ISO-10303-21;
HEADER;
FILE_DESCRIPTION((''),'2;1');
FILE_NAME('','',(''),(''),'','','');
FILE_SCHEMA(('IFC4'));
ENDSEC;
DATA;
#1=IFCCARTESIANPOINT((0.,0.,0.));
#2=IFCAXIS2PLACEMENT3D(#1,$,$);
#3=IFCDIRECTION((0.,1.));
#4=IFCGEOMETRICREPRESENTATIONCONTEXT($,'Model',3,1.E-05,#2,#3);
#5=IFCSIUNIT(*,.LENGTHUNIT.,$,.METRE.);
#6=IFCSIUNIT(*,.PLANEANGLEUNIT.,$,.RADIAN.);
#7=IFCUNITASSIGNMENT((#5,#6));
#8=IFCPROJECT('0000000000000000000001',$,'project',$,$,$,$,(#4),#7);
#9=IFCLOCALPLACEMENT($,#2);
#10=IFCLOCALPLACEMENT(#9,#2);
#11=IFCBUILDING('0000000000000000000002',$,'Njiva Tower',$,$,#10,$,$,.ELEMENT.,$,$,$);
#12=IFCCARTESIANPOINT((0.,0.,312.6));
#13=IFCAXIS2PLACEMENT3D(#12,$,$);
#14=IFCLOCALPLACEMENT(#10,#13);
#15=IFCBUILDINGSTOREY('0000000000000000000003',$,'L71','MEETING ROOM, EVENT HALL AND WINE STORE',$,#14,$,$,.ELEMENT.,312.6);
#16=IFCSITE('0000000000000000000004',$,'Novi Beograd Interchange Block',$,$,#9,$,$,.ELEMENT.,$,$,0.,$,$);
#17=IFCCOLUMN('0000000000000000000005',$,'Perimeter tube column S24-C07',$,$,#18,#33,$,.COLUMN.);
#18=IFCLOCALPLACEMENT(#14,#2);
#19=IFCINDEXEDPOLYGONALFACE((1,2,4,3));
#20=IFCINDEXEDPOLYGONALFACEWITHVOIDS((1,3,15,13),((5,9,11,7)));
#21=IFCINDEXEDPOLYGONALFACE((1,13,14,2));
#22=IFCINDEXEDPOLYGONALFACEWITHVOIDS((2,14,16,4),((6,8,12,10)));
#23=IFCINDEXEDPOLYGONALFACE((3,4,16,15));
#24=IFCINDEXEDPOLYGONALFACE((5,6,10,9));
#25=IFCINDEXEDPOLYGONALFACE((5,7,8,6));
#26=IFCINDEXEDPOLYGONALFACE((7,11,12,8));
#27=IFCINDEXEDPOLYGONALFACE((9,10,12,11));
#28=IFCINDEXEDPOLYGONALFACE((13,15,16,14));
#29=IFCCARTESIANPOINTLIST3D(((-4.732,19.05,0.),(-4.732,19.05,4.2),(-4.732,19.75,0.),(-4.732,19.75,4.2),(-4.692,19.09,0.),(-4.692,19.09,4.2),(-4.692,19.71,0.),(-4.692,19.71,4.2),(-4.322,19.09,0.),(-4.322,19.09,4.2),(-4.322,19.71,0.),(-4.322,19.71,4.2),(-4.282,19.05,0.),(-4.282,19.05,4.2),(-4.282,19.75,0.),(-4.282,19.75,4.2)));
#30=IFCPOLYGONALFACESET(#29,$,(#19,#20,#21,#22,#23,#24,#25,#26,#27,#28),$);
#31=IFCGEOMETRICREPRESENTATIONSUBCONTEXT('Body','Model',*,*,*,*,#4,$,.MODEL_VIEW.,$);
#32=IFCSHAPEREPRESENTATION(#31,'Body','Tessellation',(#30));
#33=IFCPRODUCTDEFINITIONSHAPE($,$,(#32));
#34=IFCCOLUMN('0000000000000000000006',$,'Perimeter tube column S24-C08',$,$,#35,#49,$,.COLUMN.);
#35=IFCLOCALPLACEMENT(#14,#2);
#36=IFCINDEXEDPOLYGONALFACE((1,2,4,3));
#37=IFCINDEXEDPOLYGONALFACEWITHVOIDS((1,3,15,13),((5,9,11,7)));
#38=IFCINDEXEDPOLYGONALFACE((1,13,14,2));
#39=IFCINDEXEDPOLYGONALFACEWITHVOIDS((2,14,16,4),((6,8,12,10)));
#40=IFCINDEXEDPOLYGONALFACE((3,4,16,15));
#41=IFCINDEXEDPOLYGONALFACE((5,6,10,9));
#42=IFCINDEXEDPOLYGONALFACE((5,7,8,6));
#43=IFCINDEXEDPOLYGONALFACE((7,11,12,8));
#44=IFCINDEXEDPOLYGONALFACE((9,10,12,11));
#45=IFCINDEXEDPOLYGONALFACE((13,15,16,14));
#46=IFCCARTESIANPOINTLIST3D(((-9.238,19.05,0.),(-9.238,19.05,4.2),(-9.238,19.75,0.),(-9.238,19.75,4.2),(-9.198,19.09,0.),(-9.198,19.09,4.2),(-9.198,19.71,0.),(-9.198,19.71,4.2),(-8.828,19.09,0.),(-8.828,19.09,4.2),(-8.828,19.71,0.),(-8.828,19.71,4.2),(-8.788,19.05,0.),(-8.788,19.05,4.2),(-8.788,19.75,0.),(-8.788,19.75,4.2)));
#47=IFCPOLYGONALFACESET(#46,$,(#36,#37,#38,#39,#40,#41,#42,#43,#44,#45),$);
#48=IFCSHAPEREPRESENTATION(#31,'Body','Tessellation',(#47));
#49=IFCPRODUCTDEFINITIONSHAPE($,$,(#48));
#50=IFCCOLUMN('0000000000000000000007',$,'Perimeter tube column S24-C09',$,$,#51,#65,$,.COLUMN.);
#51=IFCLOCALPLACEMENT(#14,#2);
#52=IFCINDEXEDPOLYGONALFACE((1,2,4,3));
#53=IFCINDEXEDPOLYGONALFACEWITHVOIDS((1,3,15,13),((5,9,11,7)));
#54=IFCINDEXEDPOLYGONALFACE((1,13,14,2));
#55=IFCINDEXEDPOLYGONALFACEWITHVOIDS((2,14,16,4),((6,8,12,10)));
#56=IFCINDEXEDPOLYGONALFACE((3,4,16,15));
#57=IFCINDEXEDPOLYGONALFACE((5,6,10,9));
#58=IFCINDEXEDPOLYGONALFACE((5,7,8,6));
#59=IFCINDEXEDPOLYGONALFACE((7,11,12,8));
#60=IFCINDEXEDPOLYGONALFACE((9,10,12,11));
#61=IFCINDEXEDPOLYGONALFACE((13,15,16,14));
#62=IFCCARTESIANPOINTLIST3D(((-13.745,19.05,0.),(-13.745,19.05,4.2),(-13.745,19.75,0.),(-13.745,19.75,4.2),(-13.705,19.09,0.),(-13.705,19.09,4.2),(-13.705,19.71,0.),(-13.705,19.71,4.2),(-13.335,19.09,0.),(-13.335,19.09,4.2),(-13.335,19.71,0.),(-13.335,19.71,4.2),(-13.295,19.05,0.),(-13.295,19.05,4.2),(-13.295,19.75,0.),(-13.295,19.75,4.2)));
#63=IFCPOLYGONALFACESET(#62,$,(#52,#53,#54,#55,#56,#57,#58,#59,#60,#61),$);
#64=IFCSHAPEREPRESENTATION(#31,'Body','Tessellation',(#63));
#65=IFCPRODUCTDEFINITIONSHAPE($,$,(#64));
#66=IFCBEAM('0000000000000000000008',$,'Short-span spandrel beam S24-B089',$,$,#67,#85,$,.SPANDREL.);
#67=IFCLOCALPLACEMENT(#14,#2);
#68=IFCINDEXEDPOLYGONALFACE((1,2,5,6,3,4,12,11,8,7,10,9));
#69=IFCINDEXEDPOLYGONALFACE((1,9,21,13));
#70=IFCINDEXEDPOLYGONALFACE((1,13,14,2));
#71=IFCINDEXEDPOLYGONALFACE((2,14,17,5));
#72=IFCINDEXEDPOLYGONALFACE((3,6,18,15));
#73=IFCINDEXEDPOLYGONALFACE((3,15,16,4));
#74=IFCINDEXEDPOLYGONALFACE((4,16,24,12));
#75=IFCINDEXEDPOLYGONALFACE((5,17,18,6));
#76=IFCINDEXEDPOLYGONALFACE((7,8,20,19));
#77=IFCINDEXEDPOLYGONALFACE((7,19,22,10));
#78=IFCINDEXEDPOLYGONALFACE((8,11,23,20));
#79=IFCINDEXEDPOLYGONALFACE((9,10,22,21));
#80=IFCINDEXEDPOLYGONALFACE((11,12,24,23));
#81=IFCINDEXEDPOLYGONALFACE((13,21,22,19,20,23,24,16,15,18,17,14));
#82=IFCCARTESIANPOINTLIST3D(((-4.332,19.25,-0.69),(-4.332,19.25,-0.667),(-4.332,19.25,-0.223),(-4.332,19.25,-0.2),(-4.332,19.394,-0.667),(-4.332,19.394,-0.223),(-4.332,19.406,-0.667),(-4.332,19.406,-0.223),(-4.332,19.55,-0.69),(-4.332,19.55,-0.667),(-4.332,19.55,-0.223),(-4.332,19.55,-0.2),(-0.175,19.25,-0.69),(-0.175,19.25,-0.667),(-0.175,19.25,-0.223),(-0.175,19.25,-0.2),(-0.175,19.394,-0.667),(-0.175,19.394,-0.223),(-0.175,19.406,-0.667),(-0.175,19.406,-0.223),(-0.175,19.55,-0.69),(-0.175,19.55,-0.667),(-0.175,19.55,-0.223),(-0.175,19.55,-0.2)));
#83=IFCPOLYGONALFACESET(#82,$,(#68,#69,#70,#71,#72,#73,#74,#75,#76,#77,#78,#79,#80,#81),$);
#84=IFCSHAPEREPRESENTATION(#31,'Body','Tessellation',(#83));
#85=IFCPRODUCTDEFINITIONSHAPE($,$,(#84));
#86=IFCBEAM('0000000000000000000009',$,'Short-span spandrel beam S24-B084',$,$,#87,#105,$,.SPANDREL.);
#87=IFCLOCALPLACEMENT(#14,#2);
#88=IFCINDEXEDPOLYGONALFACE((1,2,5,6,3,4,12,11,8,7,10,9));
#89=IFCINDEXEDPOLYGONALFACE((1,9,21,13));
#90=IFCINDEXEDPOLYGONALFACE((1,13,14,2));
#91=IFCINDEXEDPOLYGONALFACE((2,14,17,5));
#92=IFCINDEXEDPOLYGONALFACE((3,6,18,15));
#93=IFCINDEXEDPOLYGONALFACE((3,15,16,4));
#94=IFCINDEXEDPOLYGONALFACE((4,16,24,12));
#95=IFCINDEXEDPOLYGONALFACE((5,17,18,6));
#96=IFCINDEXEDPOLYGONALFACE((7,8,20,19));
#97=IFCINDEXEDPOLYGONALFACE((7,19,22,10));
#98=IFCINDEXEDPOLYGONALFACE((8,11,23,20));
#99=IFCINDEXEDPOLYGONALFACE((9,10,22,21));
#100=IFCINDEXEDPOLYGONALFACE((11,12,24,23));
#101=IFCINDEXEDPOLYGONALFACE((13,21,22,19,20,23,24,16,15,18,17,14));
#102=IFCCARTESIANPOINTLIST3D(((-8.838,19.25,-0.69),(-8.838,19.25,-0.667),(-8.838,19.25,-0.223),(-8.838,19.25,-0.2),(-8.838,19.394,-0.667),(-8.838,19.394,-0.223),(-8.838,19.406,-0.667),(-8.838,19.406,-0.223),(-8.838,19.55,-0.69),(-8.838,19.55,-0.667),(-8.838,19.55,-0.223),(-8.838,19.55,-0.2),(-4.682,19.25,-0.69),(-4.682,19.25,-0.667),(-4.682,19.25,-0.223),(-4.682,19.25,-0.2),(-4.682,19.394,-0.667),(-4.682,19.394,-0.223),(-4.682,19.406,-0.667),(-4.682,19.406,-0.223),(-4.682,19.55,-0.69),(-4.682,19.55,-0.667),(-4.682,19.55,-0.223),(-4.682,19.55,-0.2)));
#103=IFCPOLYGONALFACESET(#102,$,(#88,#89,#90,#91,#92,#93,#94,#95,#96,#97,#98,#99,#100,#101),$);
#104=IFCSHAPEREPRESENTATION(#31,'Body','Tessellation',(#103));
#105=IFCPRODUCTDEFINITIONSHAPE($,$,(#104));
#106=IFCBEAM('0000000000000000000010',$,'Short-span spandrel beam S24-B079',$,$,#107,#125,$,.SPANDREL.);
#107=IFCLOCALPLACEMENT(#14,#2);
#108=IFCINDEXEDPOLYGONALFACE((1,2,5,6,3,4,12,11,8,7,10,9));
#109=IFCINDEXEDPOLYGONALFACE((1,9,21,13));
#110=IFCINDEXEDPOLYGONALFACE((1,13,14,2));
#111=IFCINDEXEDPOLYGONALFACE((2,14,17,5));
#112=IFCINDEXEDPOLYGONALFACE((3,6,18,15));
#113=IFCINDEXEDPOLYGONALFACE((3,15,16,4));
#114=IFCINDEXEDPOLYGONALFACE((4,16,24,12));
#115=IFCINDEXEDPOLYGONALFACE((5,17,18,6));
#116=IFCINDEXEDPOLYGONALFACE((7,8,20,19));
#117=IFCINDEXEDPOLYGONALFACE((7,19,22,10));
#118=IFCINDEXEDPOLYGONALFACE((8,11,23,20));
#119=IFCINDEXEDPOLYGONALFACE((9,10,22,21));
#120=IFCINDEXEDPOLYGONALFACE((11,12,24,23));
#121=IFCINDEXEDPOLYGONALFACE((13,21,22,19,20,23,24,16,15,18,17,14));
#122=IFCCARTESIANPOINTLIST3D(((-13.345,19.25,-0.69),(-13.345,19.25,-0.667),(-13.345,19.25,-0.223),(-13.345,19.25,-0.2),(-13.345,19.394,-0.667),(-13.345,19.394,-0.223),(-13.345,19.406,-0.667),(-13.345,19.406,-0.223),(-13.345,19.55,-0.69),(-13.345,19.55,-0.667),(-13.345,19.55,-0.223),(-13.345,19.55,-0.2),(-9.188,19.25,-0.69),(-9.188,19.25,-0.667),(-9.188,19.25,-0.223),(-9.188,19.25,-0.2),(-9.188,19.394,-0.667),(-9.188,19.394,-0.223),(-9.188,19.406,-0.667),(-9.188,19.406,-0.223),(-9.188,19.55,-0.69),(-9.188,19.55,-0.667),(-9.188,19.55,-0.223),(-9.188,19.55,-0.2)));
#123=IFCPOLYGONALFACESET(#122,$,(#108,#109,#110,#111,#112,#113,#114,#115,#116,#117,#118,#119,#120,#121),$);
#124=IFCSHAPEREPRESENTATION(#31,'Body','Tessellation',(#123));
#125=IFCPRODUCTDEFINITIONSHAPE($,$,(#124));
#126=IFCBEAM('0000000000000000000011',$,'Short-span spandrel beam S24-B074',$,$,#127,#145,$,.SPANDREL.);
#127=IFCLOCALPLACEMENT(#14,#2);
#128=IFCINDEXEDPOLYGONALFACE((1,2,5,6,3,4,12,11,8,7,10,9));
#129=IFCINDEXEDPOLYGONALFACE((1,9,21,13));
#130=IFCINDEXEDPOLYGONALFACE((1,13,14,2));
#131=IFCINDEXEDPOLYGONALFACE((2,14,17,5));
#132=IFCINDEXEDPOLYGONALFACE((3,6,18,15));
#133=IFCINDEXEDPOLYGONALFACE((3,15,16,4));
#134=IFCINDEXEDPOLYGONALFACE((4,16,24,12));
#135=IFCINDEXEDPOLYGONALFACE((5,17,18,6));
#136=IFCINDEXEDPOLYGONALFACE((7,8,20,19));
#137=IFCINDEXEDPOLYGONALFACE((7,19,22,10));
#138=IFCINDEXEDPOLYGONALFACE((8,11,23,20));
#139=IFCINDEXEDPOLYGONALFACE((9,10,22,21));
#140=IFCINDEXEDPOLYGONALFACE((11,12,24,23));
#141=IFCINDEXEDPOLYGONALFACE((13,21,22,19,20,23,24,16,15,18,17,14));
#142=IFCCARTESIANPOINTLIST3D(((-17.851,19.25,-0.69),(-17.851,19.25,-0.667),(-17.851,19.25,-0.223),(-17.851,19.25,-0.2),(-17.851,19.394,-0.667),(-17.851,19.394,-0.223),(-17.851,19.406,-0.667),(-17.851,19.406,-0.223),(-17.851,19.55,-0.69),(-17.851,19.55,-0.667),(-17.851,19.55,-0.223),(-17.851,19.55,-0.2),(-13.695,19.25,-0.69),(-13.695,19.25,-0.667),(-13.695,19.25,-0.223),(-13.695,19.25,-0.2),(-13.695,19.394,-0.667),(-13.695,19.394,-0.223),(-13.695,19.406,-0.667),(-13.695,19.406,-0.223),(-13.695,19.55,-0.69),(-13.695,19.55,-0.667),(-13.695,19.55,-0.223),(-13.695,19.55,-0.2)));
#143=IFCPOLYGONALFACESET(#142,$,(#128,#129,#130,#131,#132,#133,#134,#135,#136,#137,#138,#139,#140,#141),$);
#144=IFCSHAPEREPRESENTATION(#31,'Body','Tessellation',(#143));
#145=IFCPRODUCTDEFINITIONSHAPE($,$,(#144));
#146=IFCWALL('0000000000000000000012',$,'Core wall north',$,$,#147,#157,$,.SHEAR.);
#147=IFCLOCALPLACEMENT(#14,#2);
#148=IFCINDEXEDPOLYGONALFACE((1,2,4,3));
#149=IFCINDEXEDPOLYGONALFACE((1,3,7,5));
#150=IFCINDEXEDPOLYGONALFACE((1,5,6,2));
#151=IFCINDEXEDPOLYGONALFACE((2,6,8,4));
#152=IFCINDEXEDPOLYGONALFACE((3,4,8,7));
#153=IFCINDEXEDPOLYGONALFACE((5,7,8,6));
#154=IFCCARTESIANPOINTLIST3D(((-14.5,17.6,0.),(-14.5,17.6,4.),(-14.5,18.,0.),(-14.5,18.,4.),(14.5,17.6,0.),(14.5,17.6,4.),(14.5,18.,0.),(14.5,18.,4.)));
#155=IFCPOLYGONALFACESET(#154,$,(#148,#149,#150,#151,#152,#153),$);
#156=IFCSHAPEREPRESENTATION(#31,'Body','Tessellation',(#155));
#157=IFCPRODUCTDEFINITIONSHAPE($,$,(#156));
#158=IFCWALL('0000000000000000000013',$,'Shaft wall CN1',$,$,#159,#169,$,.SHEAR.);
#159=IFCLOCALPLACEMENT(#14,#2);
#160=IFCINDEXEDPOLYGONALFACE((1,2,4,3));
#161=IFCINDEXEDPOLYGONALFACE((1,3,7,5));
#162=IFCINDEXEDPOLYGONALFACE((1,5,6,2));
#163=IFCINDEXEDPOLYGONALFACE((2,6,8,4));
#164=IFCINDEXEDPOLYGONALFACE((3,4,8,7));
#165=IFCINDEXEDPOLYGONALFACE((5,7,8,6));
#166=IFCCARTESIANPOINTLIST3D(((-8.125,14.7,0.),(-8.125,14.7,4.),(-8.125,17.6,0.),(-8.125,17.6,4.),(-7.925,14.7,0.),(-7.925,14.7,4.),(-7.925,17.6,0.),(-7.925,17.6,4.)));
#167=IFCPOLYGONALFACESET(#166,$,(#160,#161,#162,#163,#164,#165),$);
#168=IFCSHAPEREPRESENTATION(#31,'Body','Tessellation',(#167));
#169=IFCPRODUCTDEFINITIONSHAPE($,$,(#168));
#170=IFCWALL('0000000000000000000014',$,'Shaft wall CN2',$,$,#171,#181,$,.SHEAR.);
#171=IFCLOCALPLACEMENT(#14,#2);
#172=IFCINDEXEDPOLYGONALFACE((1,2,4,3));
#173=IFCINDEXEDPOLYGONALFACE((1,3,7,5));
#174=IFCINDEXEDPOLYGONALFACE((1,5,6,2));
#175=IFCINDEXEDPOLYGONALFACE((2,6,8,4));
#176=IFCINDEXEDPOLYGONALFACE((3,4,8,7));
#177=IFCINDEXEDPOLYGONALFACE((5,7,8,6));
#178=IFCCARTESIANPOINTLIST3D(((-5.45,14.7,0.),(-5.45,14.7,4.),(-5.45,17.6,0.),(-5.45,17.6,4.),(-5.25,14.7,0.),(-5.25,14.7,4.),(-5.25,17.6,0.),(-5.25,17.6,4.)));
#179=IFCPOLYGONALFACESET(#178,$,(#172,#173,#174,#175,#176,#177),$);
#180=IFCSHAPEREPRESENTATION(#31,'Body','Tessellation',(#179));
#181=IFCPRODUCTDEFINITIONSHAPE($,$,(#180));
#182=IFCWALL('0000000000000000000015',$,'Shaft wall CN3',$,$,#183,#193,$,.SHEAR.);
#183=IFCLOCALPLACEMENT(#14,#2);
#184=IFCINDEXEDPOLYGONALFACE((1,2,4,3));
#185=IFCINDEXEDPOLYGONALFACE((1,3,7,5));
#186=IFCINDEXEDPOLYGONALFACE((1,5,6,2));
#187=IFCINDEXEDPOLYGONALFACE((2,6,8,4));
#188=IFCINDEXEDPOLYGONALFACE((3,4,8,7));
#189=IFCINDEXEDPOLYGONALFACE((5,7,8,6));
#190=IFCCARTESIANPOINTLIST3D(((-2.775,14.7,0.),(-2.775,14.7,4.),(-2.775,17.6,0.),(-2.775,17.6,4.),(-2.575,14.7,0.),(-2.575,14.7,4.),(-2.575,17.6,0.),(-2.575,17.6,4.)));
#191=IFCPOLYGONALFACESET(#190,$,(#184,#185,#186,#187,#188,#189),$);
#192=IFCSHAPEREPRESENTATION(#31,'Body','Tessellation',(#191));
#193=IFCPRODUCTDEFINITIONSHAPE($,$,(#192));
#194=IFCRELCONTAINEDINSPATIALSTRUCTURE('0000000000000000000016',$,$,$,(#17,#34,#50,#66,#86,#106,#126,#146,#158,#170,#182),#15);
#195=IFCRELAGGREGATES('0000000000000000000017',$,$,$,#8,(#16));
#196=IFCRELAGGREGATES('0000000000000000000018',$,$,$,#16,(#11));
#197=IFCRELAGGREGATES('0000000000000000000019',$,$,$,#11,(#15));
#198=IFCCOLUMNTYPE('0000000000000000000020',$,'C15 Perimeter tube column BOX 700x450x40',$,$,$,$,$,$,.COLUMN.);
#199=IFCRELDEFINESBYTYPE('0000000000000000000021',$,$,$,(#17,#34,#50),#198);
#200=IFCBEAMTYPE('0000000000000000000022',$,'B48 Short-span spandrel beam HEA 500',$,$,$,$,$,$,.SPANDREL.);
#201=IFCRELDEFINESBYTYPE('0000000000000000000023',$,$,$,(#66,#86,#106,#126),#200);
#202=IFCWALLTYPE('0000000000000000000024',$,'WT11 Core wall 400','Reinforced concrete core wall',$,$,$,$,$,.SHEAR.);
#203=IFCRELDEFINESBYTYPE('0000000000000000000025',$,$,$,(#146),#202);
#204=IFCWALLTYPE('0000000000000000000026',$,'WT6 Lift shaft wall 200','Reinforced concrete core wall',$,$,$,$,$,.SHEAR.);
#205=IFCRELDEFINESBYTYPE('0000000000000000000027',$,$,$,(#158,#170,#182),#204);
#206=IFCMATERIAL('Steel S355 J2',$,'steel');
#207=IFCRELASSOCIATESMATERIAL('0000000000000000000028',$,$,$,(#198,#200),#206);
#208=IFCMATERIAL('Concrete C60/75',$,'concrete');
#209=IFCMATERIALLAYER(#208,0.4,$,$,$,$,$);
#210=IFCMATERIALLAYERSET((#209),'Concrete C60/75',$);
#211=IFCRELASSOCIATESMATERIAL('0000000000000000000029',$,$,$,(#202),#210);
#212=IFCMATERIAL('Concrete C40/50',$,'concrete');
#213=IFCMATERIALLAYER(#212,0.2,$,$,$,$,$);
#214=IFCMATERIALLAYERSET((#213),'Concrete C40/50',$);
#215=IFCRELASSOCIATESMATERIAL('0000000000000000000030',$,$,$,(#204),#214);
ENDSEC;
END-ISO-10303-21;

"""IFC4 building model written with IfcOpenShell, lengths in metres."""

from ifc_helpers import new_model, si_unit, direction, frame, frame_2d, origin, origin_2d, place, context, subcontext, project, spatial, rectangle, hollow_rectangle, i_section, extrude, material, layer, layer_set, material_profile, profile_set, type_object, element, save


model = new_model("IFC4")

# Units and contexts
model_context = context("Model", 3, precision=1e-05, world=origin(), true_north=direction((0.0, 1.0)))
body_context = subcontext(model_context, "Body", "Model", "MODEL_VIEW")
ifc_project = project(units=[si_unit("LENGTHUNIT", "METRE"), si_unit("PLANEANGLEUNIT", "RADIAN")], contexts=[model_context])

# Site, building, storey
site_placement = place(None, origin())
site = spatial("IfcSite", under=ifc_project, at=site_placement, Name="Novi Beograd Interchange Block", CompositionType="ELEMENT", RefElevation=0.0)
building_placement = place(site_placement, origin())
building = spatial("IfcBuilding", under=site, at=building_placement, Name="Njiva Tower", CompositionType="ELEMENT")
storey_placement = place(building_placement, frame((0.0, 0.0, 312.6)))
storey = spatial("IfcBuildingStorey", under=building, at=storey_placement, Name="L71", Description="MEETING ROOM, EVENT HALL AND WINE STORE", CompositionType="ELEMENT", Elevation=312.6)

# Columns
ifc_material_1 = material(Name="Steel S355 J2", Category="steel")
ifc_material_profile_1 = material_profile(ifc_material_1, hollow_rectangle(XDim=0.45, YDim=0.7, WallThickness=0.04, at=origin_2d()), Name="BOX 700x450x40")
ifc_profile_set_1 = profile_set([ifc_material_profile_1], Name="Steel S355 J2")
column_type = type_object("IfcColumnType", Name="C15 Perimeter tube column BOX 700x450x40", PredefinedType="COLUMN", material=ifc_profile_set_1)
for number, where, z_axis, x_axis, name in (
    (1, (-4.507, 19.4, 0.0), (0.0, 0.0, 1.0), (-1.0, 0.0, 0.0), "Perimeter tube column S24-C07"),
    (2, (-9.013, 19.4, 0.0), (0.0, 0.0, 1.0), (-1.0, 0.0, 0.0), "Perimeter tube column S24-C08"),
    (3, (-13.52, 19.4, 0.0), (0.0, 0.0, 1.0), (-1.0, 0.0, 0.0), "Perimeter tube column S24-C09"),
):
    element("IfcColumn", number, at=place(storey_placement, frame(where, z_axis=z_axis, x_axis=x_axis)), inside=storey, type_object=column_type, Name=name, PredefinedType="COLUMN", context=body_context, shape_type="SweptSolid", body=[
        extrude(hollow_rectangle(XDim=0.45, YDim=0.7, WallThickness=0.04, at=origin_2d()), origin(), (0.0, 0.0, 1.0), 4.2),
    ])

# Beams
ifc_material_profile_2 = material_profile(ifc_material_1, i_section(OverallWidth=0.3, OverallDepth=0.49, WebThickness=0.012, FlangeThickness=0.023, at=origin_2d()), Name="HEA 500")
ifc_profile_set_2 = profile_set([ifc_material_profile_2], Name="Steel S355 J2")
beam_type = type_object("IfcBeamType", Name="B48 Short-span spandrel beam HEA 500", PredefinedType="SPANDREL", material=ifc_profile_set_2)
beam_1_placement = place(storey_placement, frame((-0.175, 19.4, -0.445), z_axis=(-1.0, 0.0, 0.0), x_axis=(0.0, -1.0, 0.0)))
element("IfcBeam", 4, at=beam_1_placement, inside=storey, type_object=beam_type, Name="Short-span spandrel beam S24-B089", PredefinedType="SPANDREL", context=body_context, shape_type="SweptSolid", body=[
    extrude(i_section(OverallWidth=0.3, OverallDepth=0.49, WebThickness=0.012, FlangeThickness=0.023, at=origin_2d()), origin(), (0.0, 0.0, 1.0), 4.157),
])
beam_2_placement = place(storey_placement, frame((-4.682, 19.4, -0.445), z_axis=(-1.0, 0.0, 0.0), x_axis=(0.0, -1.0, 0.0)))
element("IfcBeam", 5, at=beam_2_placement, inside=storey, type_object=beam_type, Name="Short-span spandrel beam S24-B084", PredefinedType="SPANDREL", context=body_context, shape_type="SweptSolid", body=[
    extrude(i_section(OverallWidth=0.3, OverallDepth=0.49, WebThickness=0.012, FlangeThickness=0.023, at=origin_2d()), origin(), (0.0, 0.0, 1.0), 4.156),
])
beam_3_placement = place(storey_placement, frame((-9.188, 19.4, -0.445), z_axis=(-1.0, 0.0, 0.0), x_axis=(0.0, -1.0, 0.0)))
element("IfcBeam", 6, at=beam_3_placement, inside=storey, type_object=beam_type, Name="Short-span spandrel beam S24-B079", PredefinedType="SPANDREL", context=body_context, shape_type="SweptSolid", body=[
    extrude(i_section(OverallWidth=0.3, OverallDepth=0.49, WebThickness=0.012, FlangeThickness=0.023, at=origin_2d()), origin(), (0.0, 0.0, 1.0), 4.157),
])
beam_4_placement = place(storey_placement, frame((-13.695, 19.4, -0.445), z_axis=(-1.0, 0.0, 0.0), x_axis=(0.0, -1.0, 0.0)))
element("IfcBeam", 7, at=beam_4_placement, inside=storey, type_object=beam_type, Name="Short-span spandrel beam S24-B074", PredefinedType="SPANDREL", context=body_context, shape_type="SweptSolid", body=[
    extrude(i_section(OverallWidth=0.3, OverallDepth=0.49, WebThickness=0.012, FlangeThickness=0.023, at=origin_2d()), origin(), (0.0, 0.0, 1.0), 4.156),
])

# Walls
ifc_material_2 = material(Name="Concrete C60/75", Category="concrete")
ifc_layer_1 = layer(ifc_material_2, 0.4)
ifc_layer_set_1 = layer_set([ifc_layer_1], Name="Concrete C60/75")
wall_type_1 = type_object("IfcWallType", Name="WT11 Core wall 400", Description="Reinforced concrete core wall", PredefinedType="SHEAR", material=ifc_layer_set_1)
wall_1_placement = place(storey_placement, frame((-14.5, 17.8, 0.0), z_axis=(0.0, 0.0, 1.0), x_axis=(1.0, 0.0, 0.0)))
element("IfcWall", 8, at=wall_1_placement, inside=storey, type_object=wall_type_1, Name="Core wall north", PredefinedType="SHEAR", context=body_context, shape_type="SweptSolid", body=[
    extrude(rectangle(XDim=29.0, YDim=0.4, at=frame_2d((14.5, 0.0))), origin(), (0.0, 0.0, 1.0), 4.0),
])
ifc_material_3 = material(Name="Concrete C40/50", Category="concrete")
ifc_layer_2 = layer(ifc_material_3, 0.2)
ifc_layer_set_2 = layer_set([ifc_layer_2], Name="Concrete C40/50")
wall_type_2 = type_object("IfcWallType", Name="WT6 Lift shaft wall 200", Description="Reinforced concrete core wall", PredefinedType="SHEAR", material=ifc_layer_set_2)
for number, where, z_axis, x_axis, name in (
    (9, (-8.025, 14.7, 0.0), (0.0, 0.0, 1.0), (0.0, 1.0, 0.0), "Shaft wall CN1"),
    (10, (-5.35, 14.7, 0.0), (0.0, 0.0, 1.0), (0.0, 1.0, 0.0), "Shaft wall CN2"),
    (11, (-2.675, 14.7, 0.0), (0.0, 0.0, 1.0), (0.0, 1.0, 0.0), "Shaft wall CN3"),
):
    element("IfcWall", number, at=place(storey_placement, frame(where, z_axis=z_axis, x_axis=x_axis)), inside=storey, type_object=wall_type_2, Name=name, PredefinedType="SHEAR", context=body_context, shape_type="SweptSolid", body=[
        extrude(rectangle(XDim=2.9, YDim=0.2, at=frame_2d((1.45, 0.0))), origin(), (0.0, 0.0, 1.0), 4.0),
    ])

save(model, "model.ifc")
